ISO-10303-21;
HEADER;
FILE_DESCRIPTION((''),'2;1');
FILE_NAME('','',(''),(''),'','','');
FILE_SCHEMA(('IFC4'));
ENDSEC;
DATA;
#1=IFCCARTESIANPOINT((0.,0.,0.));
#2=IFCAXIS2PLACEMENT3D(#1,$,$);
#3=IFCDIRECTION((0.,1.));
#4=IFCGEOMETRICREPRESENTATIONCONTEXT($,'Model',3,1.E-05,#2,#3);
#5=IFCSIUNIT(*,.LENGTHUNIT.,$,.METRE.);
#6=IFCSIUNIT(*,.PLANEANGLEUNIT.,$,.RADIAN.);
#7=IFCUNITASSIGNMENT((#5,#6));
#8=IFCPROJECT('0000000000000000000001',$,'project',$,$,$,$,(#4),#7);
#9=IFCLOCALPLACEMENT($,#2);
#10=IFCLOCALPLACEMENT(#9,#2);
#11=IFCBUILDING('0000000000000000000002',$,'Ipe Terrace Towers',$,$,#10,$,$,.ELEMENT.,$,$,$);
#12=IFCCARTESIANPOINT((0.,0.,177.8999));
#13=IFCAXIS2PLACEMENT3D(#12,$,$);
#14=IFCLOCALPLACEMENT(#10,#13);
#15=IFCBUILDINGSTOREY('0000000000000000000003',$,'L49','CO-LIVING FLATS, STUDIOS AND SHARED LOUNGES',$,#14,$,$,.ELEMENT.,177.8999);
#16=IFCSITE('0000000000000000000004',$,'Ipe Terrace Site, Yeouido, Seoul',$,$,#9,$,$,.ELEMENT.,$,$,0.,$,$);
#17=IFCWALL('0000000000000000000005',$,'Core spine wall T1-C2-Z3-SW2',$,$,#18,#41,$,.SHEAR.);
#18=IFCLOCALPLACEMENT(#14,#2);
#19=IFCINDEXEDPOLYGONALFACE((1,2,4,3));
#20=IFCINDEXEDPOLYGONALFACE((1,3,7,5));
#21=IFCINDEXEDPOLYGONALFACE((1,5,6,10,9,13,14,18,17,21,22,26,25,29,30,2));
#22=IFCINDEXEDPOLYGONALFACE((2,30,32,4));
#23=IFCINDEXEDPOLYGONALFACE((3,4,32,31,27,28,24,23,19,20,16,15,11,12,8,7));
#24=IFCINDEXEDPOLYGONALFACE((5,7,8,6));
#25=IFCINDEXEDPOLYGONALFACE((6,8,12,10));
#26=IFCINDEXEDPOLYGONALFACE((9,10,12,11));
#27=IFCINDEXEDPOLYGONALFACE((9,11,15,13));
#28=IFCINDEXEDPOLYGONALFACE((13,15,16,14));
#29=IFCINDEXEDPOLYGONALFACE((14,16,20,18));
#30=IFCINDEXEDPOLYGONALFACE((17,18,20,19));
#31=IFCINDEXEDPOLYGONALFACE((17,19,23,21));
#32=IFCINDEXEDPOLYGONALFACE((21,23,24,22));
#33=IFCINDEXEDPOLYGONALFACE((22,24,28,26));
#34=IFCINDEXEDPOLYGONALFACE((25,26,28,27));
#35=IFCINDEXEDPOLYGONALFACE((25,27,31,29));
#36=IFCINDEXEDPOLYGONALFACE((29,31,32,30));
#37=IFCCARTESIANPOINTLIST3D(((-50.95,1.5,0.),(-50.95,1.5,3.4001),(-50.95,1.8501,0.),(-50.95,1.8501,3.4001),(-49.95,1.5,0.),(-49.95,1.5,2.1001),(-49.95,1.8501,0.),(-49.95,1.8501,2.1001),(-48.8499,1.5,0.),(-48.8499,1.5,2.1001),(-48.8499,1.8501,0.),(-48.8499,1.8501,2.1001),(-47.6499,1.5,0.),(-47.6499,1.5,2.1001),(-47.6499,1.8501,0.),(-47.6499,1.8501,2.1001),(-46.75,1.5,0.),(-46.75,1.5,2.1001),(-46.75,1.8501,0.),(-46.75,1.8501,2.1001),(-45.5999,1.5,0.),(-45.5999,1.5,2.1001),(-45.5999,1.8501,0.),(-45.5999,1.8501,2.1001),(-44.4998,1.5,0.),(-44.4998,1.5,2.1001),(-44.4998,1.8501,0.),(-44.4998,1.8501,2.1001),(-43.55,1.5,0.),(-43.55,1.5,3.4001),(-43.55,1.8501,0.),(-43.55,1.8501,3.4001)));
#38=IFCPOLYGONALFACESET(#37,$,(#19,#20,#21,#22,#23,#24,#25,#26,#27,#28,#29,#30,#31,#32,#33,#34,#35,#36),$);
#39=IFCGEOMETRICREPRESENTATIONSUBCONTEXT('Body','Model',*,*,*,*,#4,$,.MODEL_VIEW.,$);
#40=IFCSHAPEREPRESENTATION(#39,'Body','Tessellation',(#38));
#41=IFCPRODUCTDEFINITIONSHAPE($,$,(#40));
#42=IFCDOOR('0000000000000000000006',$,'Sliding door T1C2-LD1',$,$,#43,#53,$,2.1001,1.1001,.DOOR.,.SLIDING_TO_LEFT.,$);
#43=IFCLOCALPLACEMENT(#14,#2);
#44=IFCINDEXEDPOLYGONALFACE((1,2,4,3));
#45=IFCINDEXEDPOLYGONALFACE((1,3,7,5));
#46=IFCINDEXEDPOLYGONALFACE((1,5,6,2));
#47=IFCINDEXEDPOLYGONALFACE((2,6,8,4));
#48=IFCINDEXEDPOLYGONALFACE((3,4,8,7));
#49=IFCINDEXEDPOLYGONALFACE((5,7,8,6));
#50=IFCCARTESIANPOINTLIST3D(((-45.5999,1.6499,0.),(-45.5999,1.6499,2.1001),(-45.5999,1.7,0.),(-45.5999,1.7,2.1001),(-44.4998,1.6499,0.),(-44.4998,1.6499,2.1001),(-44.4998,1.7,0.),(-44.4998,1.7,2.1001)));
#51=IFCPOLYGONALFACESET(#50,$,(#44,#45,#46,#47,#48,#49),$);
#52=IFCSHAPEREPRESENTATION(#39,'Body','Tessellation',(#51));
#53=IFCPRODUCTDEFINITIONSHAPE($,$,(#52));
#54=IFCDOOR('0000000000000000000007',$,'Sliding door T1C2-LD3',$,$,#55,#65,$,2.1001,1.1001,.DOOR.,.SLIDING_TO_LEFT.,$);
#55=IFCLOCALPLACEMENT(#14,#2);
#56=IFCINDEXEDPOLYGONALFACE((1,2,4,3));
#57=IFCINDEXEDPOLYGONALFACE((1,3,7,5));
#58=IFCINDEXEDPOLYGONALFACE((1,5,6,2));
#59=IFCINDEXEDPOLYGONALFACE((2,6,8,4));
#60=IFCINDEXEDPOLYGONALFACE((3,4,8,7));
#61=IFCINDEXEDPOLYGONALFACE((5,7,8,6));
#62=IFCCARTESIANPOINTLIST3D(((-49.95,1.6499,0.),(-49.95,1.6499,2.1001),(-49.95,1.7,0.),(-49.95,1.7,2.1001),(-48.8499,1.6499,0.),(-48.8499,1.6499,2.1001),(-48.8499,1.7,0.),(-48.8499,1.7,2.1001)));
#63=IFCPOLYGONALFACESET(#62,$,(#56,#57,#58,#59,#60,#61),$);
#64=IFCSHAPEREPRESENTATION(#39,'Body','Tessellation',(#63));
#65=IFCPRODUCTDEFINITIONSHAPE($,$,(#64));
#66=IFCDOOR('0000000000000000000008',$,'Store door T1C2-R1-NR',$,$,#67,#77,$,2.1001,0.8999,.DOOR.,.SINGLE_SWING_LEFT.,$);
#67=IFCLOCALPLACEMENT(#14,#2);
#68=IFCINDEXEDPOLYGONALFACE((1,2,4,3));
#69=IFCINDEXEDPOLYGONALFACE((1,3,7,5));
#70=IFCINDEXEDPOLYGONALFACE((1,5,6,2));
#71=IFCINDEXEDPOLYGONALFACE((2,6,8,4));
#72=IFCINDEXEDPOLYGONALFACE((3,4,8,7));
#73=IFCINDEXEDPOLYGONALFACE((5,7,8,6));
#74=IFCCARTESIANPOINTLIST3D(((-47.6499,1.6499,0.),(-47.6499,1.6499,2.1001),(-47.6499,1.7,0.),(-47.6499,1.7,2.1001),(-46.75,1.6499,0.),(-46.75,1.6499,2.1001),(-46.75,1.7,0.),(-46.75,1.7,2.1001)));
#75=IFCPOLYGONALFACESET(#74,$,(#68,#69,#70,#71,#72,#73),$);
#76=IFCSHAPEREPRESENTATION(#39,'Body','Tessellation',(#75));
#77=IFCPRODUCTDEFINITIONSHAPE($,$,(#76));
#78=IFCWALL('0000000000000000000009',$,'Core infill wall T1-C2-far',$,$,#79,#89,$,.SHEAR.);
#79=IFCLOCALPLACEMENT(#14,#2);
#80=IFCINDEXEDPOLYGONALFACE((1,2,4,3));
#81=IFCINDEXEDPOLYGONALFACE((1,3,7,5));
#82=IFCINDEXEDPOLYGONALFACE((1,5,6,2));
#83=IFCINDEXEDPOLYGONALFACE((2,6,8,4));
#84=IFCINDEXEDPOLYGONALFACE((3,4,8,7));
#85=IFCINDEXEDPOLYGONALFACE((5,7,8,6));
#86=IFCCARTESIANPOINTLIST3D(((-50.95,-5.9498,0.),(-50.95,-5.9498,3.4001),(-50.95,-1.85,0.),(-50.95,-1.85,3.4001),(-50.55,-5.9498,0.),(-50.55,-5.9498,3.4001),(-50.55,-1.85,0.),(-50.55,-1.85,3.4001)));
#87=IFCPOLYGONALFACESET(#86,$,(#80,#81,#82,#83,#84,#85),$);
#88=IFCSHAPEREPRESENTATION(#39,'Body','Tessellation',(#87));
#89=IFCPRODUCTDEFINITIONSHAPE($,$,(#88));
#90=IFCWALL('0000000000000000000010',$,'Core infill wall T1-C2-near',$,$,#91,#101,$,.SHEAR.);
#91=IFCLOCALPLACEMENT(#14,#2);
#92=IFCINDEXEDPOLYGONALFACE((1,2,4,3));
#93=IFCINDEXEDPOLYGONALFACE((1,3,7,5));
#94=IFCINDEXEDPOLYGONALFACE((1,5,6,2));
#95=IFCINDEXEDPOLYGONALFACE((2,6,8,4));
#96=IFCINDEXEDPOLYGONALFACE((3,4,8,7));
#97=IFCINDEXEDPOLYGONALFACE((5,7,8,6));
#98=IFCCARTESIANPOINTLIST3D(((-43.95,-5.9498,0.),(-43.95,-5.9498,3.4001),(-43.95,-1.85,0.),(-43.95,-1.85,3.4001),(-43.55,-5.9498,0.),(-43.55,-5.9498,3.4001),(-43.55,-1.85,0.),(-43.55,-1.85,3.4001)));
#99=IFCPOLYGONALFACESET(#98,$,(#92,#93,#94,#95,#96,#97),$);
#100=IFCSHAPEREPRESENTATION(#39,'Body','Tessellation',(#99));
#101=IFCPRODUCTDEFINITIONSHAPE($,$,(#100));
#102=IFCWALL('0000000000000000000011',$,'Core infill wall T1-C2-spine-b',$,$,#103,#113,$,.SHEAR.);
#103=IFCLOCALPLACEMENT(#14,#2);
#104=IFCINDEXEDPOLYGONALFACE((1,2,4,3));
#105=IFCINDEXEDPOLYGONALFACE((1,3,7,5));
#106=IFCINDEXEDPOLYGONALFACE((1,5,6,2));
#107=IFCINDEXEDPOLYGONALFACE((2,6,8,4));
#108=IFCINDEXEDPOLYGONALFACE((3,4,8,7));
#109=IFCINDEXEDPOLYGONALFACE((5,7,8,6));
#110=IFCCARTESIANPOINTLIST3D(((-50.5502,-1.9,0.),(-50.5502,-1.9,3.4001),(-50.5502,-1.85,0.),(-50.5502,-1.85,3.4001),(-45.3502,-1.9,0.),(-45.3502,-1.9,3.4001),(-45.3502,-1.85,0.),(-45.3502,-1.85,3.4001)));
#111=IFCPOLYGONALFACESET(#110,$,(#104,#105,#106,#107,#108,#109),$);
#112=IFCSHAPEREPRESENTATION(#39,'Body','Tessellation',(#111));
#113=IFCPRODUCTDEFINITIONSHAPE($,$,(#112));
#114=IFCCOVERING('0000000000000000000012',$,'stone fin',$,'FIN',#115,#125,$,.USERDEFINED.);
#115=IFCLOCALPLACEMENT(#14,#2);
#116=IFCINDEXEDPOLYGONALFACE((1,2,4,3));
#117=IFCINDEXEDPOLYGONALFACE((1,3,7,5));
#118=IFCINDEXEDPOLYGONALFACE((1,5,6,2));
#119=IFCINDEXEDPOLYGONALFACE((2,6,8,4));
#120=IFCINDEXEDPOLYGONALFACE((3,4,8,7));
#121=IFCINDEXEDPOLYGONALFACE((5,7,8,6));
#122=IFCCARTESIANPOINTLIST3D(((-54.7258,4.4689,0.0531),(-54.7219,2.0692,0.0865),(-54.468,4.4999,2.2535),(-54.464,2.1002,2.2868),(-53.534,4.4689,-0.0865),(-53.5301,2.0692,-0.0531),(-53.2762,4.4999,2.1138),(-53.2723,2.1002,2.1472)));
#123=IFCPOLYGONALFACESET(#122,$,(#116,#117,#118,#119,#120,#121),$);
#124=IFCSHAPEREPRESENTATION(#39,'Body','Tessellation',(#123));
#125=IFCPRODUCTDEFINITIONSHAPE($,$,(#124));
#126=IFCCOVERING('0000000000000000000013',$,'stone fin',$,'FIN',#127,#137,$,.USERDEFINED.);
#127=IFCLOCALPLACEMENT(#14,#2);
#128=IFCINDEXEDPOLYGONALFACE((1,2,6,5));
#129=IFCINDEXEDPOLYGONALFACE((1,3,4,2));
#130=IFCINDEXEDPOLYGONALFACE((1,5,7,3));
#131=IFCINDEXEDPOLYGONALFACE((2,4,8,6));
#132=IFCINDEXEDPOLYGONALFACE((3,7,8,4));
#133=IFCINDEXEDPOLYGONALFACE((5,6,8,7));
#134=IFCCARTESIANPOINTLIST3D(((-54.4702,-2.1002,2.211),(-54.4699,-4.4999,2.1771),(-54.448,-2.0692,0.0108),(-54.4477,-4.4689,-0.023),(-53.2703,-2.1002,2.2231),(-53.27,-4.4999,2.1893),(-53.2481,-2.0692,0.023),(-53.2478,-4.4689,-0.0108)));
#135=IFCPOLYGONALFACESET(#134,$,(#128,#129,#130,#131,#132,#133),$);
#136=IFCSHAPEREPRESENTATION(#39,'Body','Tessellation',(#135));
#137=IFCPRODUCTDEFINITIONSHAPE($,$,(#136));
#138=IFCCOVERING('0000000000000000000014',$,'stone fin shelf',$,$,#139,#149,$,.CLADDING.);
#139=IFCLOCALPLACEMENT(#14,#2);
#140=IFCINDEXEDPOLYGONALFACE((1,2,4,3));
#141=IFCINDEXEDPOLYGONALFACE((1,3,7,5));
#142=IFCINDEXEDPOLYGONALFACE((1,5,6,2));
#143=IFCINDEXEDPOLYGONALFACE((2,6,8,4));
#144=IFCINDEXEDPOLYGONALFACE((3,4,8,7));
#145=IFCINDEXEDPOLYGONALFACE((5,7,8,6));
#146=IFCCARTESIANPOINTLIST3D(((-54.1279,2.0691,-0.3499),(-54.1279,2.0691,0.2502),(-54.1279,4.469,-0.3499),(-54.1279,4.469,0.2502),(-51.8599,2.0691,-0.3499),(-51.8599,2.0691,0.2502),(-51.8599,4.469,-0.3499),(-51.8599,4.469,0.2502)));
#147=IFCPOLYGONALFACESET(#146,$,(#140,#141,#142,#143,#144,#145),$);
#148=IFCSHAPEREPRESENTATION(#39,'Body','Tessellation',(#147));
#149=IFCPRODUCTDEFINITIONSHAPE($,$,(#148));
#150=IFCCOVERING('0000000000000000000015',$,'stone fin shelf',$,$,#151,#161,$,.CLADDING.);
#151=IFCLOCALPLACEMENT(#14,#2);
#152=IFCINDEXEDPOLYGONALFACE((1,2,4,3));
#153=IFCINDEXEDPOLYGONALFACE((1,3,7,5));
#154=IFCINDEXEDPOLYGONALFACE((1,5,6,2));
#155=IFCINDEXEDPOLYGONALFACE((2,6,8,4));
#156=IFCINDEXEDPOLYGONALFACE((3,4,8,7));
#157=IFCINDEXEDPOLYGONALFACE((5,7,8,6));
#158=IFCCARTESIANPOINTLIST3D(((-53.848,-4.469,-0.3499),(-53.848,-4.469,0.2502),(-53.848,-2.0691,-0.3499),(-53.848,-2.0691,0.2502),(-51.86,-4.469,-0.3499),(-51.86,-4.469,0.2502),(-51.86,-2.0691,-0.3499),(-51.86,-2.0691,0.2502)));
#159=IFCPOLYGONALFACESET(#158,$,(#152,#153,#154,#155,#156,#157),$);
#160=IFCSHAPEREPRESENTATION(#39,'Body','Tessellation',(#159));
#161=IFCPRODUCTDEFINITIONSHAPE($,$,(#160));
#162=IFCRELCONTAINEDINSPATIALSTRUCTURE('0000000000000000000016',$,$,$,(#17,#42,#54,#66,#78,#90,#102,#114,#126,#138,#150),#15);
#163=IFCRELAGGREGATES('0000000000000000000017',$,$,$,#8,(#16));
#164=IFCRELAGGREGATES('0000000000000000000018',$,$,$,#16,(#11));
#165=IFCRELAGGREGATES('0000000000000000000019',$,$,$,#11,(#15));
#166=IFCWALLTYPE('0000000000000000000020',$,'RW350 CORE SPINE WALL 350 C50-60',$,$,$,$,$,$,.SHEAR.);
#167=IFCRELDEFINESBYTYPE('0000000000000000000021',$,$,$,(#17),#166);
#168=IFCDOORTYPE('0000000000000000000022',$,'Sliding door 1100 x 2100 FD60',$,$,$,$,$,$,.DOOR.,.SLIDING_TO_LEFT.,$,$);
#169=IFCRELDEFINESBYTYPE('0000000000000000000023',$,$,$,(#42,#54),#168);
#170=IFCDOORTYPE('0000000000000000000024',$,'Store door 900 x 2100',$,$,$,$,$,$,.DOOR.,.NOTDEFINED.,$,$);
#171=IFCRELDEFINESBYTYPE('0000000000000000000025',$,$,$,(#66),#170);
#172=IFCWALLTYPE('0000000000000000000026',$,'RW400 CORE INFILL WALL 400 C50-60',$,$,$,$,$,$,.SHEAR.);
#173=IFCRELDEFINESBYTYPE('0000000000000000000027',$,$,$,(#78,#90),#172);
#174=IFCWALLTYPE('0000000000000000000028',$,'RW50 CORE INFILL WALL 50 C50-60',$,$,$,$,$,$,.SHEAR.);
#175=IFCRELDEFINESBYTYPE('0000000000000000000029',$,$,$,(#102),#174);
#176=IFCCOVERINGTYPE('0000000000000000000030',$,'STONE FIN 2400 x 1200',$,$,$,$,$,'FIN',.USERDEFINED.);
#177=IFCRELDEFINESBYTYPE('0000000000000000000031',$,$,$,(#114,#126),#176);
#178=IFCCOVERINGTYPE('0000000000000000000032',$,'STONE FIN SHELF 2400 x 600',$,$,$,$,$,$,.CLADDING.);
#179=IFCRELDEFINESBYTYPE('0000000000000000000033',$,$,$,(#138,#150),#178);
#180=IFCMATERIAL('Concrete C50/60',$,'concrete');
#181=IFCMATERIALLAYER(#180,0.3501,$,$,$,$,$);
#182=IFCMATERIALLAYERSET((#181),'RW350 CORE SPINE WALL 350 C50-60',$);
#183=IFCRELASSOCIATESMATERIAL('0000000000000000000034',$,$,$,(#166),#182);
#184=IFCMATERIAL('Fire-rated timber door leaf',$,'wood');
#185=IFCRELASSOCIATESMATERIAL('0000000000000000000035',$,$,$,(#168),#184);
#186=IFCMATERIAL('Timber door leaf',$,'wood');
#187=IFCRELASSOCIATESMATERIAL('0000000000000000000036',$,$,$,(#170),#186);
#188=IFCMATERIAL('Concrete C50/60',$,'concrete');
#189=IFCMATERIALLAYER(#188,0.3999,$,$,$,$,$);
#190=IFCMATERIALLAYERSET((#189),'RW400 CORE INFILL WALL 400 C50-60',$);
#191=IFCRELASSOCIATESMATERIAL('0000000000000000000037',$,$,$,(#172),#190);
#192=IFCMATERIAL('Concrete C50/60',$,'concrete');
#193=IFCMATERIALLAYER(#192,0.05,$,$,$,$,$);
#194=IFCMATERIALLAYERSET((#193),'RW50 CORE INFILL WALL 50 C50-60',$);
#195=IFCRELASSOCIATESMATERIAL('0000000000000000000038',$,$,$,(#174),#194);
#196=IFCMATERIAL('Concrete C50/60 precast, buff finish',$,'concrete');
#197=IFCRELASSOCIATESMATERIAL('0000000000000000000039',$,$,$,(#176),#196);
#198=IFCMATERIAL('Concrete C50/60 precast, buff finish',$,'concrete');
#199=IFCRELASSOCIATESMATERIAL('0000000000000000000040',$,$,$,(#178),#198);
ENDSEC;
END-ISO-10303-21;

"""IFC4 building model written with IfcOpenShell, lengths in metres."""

from ifc_helpers import new_model, si_unit, direction, frame, frame_2d, origin, origin_2d, place, context, subcontext, project, spatial, rectangle, extrude, material, layer, layer_set, material_profile, profile_set, type_object, element, fill, save


model = new_model("IFC4")

# Units and contexts
model_context = context("Model", 3, precision=1e-05, world=origin(), true_north=direction((0.0, 1.0)))
body_context = subcontext(model_context, "Body", "Model", "MODEL_VIEW")
ifc_project = project(units=[si_unit("LENGTHUNIT", "METRE"), si_unit("PLANEANGLEUNIT", "RADIAN")], contexts=[model_context])

# Site, building, storey
site_placement = place(None, origin())
site = spatial("IfcSite", under=ifc_project, at=site_placement, Name="Ipe Terrace Site, Yeouido, Seoul", CompositionType="ELEMENT", RefElevation=0.0)
building_placement = place(site_placement, origin())
building = spatial("IfcBuilding", under=site, at=building_placement, Name="Ipe Terrace Towers", CompositionType="ELEMENT")
storey_placement = place(building_placement, frame((0.0, 0.0, 177.8999)))
storey = spatial("IfcBuildingStorey", under=building, at=storey_placement, Name="L49", Description="CO-LIVING FLATS, STUDIOS AND SHARED LOUNGES", CompositionType="ELEMENT", Elevation=177.8999)

# Shared definitions
ifc_material_1 = material(Name="Concrete C50/60", Category="concrete")
ifc_layer_1 = layer(ifc_material_1, 0.3501)
ifc_layer_set_1 = layer_set([ifc_layer_1], Name="RW350 CORE SPINE WALL 350 C50-60")
wall_type_1 = type_object("IfcWallType", Name="RW350 CORE SPINE WALL 350 C50-60", PredefinedType="SHEAR", material=ifc_layer_set_1)

# Wall, openings, doors
wall_1_placement = place(storey_placement, frame((-50.95, 1.675, 0.0), z_axis=(0.0, 0.0, 1.0), x_axis=(1.0, 0.0, 0.0)))
wall_1 = element("IfcWall", 1, at=wall_1_placement, inside=storey, type_object=wall_type_1, Name="Core spine wall T1-C2-Z3-SW2", PredefinedType="SHEAR", context=body_context, shape_type="SweptSolid", body=[
    extrude(rectangle(XDim=7.3999, YDim=0.3501, at=frame_2d((3.7, 0.0))), origin(), (0.0, 0.0, 1.0), 3.4001),
])
opening_1_placement = place(wall_1_placement, frame((5.3501, 0.0, 0.0)))
opening_1 = element("IfcOpeningElement", 2, at=opening_1_placement, cuts=wall_1, PredefinedType="OPENING", context=body_context, shape_type="SweptSolid", body=[
    extrude(rectangle(XDim=1.1001, YDim=2.1001, at=frame_2d((0.55, 1.05))), frame((0.0, 0.1851, 0.0), z_axis=(0.0, -1.0, 0.0), x_axis=(1.0, 0.0, 0.0)), (0.0, 0.0, 1.0), 0.3701),
])
opening_2_placement = place(wall_1_placement, frame((1.0, 0.0, 0.0)))
opening_2 = element("IfcOpeningElement", 3, at=opening_2_placement, cuts=wall_1, PredefinedType="OPENING", context=body_context, shape_type="SweptSolid", body=[
    extrude(rectangle(XDim=1.1001, YDim=2.1001, at=frame_2d((0.55, 1.05))), frame((0.0, 0.1851, 0.0), z_axis=(0.0, -1.0, 0.0), x_axis=(1.0, 0.0, 0.0)), (0.0, 0.0, 1.0), 0.3701),
])
opening_3_placement = place(wall_1_placement, frame((3.3, 0.0, 0.0)))
opening_3 = element("IfcOpeningElement", 4, at=opening_3_placement, cuts=wall_1, PredefinedType="OPENING", context=body_context, shape_type="SweptSolid", body=[
    extrude(rectangle(XDim=0.8999, YDim=2.1001, at=frame_2d((0.45, 1.05))), frame((0.0, 0.1851, 0.0), z_axis=(0.0, -1.0, 0.0), x_axis=(1.0, 0.0, 0.0)), (0.0, 0.0, 1.0), 0.3701),
])
ifc_material_2 = material(Name="Fire-rated timber door leaf", Category="wood")
door_type_1 = type_object("IfcDoorType", Name="Sliding door 1100 x 2100 FD60", OperationType="SLIDING_TO_LEFT", PredefinedType="DOOR", material=ifc_material_2)
door_1_placement = place(opening_1_placement, origin())
door_1 = element("IfcDoor", 5, at=door_1_placement, inside=storey, type_object=door_type_1, Name="Sliding door T1C2-LD1", OperationType="SLIDING_TO_LEFT", OverallHeight=2.1001, OverallWidth=1.1001, PredefinedType="DOOR", context=body_context, shape_type="SweptSolid", body=[
    extrude(rectangle(XDim=1.1001, YDim=2.1001, at=frame_2d((0.55, 1.05))), frame((0.0, 0.0249, 0.0), z_axis=(0.0, -1.0, 0.0), x_axis=(1.0, 0.0, 0.0)), (0.0, 0.0, 1.0), 0.05),
])
fill(opening_1, door_1)
door_2_placement = place(opening_2_placement, origin())
door_2 = element("IfcDoor", 6, at=door_2_placement, inside=storey, type_object=door_type_1, Name="Sliding door T1C2-LD3", OperationType="SLIDING_TO_LEFT", OverallHeight=2.1001, OverallWidth=1.1001, PredefinedType="DOOR", context=body_context, shape_type="SweptSolid", body=[
    extrude(rectangle(XDim=1.1001, YDim=2.1001, at=frame_2d((0.55, 1.05))), frame((0.0, 0.0249, 0.0), z_axis=(0.0, -1.0, 0.0), x_axis=(1.0, 0.0, 0.0)), (0.0, 0.0, 1.0), 0.05),
])
fill(opening_2, door_2)
ifc_material_3 = material(Name="Timber door leaf", Category="wood")
door_type_2 = type_object("IfcDoorType", Name="Store door 900 x 2100", OperationType="NOTDEFINED", PredefinedType="DOOR", material=ifc_material_3)
door_3_placement = place(opening_3_placement, origin())
door_3 = element("IfcDoor", 7, at=door_3_placement, inside=storey, type_object=door_type_2, Name="Store door T1C2-R1-NR", OperationType="SINGLE_SWING_LEFT", OverallHeight=2.1001, OverallWidth=0.8999, PredefinedType="DOOR", context=body_context, shape_type="SweptSolid", body=[
    extrude(rectangle(XDim=0.8999, YDim=2.1001, at=frame_2d((0.45, 1.05))), frame((0.0, 0.0249, 0.0), z_axis=(0.0, -1.0, 0.0), x_axis=(1.0, 0.0, 0.0)), (0.0, 0.0, 1.0), 0.05),
])
fill(opening_3, door_3)

# Walls
ifc_material_4 = material(Name="Concrete C50/60", Category="concrete")
ifc_layer_2 = layer(ifc_material_4, 0.3999)
ifc_layer_set_2 = layer_set([ifc_layer_2], Name="RW400 CORE INFILL WALL 400 C50-60")
wall_type_2 = type_object("IfcWallType", Name="RW400 CORE INFILL WALL 400 C50-60", PredefinedType="SHEAR", material=ifc_layer_set_2)
for number, where, z_axis, x_axis, name in (
    (8, (-50.75, -1.8501, 0.0), (0.0, 0.0, 1.0), (0.0, -1.0, 0.0), "Core infill wall T1-C2-far"),
    (9, (-43.75, -1.8501, 0.0), (0.0, 0.0, 1.0), (0.0, -1.0, 0.0), "Core infill wall T1-C2-near"),
):
    element("IfcWall", number, at=place(storey_placement, frame(where, z_axis=z_axis, x_axis=x_axis)), inside=storey, type_object=wall_type_2, Name=name, PredefinedType="SHEAR", context=body_context, shape_type="SweptSolid", body=[
        extrude(rectangle(XDim=4.0999, YDim=0.3999, at=frame_2d((2.0498, 0.0))), origin(), (0.0, 0.0, 1.0), 3.4001),
    ])
ifc_material_5 = material(Name="Concrete C50/60", Category="concrete")
ifc_layer_3 = layer(ifc_material_5, 0.05)
ifc_layer_set_3 = layer_set([ifc_layer_3], Name="RW50 CORE INFILL WALL 50 C50-60")
wall_type_3 = type_object("IfcWallType", Name="RW50 CORE INFILL WALL 50 C50-60", PredefinedType="SHEAR", material=ifc_layer_set_3)
wall_2_placement = place(storey_placement, frame((-45.3501, -1.875, 0.0), z_axis=(0.0, 0.0, 1.0), x_axis=(-1.0, 0.0, 0.0)))
element("IfcWall", 10, at=wall_2_placement, inside=storey, type_object=wall_type_3, Name="Core infill wall T1-C2-spine-b", PredefinedType="SHEAR", context=body_context, shape_type="SweptSolid", body=[
    extrude(rectangle(XDim=5.2, YDim=0.05, at=frame_2d((2.6001, 0.0))), origin(), (0.0, 0.0, 1.0), 3.4001),
])

# Coverings
ifc_material_6 = material(Name="Concrete C50/60 precast, buff finish", Category="concrete")
ifc_material_profile = material_profile(ifc_material_6, rectangle(XDim=2.3999, YDim=1.2, at=origin_2d()), Name="STONE FIN 2400 x 1200")
ifc_profile_set = profile_set([ifc_material_profile], Name="Concrete C50/60 precast, buff finish")
covering_type_1 = type_object("IfcCoveringType", Name="STONE FIN 2400 x 1200", ElementType="FIN", PredefinedType="USERDEFINED", material=ifc_profile_set)
covering_1_placement = place(storey_placement, frame((-54.1279, 3.269, 0.0), z_axis=(0.116369, 0.013995, 0.993107), x_axis=(0.001629, -0.999902, 0.0139)))
element("IfcCovering", 11, at=covering_1_placement, inside=storey, type_object=covering_type_1, Name="stone fin", ObjectType="FIN", PredefinedType="USERDEFINED", context=body_context, shape_type="SweptSolid", body=[
    extrude(rectangle(XDim=2.3999, YDim=1.2, at=origin_2d()), origin(), (0.0, 0.0, 1.0), 2.2156),
])
covering_2_placement = place(storey_placement, frame((-53.8479, -3.269, 0.0), z_axis=(-0.010096, -0.01409, 0.99985), x_axis=(0.000142, -0.999901, -0.014089)))
element("IfcCovering", 12, at=covering_2_placement, inside=storey, type_object=covering_type_1, Name="stone fin", ObjectType="FIN", PredefinedType="USERDEFINED", context=body_context, shape_type="SweptSolid", body=[
    extrude(rectangle(XDim=2.3999, YDim=1.2, at=origin_2d()), origin(), (0.0, 0.0, 1.0), 2.2004),
])
ifc_material_7 = material(Name="Concrete C50/60 precast, buff finish", Category="concrete")
covering_type_2 = type_object("IfcCoveringType", Name="STONE FIN SHELF 2400 x 600", PredefinedType="CLADDING", material=ifc_material_7)
covering_3_placement = place(storey_placement, frame((-52.9939, 3.269, -0.3499), z_axis=(0.0, 0.0, 1.0), x_axis=(0.0, -1.0, 0.0)))
element("IfcCovering", 13, at=covering_3_placement, inside=storey, type_object=covering_type_2, Name="stone fin shelf", PredefinedType="CLADDING", context=body_context, shape_type="SweptSolid", body=[
    extrude(rectangle(XDim=2.3999, YDim=2.2681, at=origin_2d()), origin(), (0.0, 0.0, 1.0), 0.6001),
])
covering_4_placement = place(storey_placement, frame((-52.854, -3.269, -0.3499), z_axis=(0.0, 0.0, 1.0), x_axis=(0.0, -1.0, 0.0)))
element("IfcCovering", 14, at=covering_4_placement, inside=storey, type_object=covering_type_2, Name="stone fin shelf", PredefinedType="CLADDING", context=body_context, shape_type="SweptSolid", body=[
    extrude(rectangle(XDim=2.3999, YDim=1.988, at=origin_2d()), origin(), (0.0, 0.0, 1.0), 0.6001),
])

save(model, "model.ifc")
